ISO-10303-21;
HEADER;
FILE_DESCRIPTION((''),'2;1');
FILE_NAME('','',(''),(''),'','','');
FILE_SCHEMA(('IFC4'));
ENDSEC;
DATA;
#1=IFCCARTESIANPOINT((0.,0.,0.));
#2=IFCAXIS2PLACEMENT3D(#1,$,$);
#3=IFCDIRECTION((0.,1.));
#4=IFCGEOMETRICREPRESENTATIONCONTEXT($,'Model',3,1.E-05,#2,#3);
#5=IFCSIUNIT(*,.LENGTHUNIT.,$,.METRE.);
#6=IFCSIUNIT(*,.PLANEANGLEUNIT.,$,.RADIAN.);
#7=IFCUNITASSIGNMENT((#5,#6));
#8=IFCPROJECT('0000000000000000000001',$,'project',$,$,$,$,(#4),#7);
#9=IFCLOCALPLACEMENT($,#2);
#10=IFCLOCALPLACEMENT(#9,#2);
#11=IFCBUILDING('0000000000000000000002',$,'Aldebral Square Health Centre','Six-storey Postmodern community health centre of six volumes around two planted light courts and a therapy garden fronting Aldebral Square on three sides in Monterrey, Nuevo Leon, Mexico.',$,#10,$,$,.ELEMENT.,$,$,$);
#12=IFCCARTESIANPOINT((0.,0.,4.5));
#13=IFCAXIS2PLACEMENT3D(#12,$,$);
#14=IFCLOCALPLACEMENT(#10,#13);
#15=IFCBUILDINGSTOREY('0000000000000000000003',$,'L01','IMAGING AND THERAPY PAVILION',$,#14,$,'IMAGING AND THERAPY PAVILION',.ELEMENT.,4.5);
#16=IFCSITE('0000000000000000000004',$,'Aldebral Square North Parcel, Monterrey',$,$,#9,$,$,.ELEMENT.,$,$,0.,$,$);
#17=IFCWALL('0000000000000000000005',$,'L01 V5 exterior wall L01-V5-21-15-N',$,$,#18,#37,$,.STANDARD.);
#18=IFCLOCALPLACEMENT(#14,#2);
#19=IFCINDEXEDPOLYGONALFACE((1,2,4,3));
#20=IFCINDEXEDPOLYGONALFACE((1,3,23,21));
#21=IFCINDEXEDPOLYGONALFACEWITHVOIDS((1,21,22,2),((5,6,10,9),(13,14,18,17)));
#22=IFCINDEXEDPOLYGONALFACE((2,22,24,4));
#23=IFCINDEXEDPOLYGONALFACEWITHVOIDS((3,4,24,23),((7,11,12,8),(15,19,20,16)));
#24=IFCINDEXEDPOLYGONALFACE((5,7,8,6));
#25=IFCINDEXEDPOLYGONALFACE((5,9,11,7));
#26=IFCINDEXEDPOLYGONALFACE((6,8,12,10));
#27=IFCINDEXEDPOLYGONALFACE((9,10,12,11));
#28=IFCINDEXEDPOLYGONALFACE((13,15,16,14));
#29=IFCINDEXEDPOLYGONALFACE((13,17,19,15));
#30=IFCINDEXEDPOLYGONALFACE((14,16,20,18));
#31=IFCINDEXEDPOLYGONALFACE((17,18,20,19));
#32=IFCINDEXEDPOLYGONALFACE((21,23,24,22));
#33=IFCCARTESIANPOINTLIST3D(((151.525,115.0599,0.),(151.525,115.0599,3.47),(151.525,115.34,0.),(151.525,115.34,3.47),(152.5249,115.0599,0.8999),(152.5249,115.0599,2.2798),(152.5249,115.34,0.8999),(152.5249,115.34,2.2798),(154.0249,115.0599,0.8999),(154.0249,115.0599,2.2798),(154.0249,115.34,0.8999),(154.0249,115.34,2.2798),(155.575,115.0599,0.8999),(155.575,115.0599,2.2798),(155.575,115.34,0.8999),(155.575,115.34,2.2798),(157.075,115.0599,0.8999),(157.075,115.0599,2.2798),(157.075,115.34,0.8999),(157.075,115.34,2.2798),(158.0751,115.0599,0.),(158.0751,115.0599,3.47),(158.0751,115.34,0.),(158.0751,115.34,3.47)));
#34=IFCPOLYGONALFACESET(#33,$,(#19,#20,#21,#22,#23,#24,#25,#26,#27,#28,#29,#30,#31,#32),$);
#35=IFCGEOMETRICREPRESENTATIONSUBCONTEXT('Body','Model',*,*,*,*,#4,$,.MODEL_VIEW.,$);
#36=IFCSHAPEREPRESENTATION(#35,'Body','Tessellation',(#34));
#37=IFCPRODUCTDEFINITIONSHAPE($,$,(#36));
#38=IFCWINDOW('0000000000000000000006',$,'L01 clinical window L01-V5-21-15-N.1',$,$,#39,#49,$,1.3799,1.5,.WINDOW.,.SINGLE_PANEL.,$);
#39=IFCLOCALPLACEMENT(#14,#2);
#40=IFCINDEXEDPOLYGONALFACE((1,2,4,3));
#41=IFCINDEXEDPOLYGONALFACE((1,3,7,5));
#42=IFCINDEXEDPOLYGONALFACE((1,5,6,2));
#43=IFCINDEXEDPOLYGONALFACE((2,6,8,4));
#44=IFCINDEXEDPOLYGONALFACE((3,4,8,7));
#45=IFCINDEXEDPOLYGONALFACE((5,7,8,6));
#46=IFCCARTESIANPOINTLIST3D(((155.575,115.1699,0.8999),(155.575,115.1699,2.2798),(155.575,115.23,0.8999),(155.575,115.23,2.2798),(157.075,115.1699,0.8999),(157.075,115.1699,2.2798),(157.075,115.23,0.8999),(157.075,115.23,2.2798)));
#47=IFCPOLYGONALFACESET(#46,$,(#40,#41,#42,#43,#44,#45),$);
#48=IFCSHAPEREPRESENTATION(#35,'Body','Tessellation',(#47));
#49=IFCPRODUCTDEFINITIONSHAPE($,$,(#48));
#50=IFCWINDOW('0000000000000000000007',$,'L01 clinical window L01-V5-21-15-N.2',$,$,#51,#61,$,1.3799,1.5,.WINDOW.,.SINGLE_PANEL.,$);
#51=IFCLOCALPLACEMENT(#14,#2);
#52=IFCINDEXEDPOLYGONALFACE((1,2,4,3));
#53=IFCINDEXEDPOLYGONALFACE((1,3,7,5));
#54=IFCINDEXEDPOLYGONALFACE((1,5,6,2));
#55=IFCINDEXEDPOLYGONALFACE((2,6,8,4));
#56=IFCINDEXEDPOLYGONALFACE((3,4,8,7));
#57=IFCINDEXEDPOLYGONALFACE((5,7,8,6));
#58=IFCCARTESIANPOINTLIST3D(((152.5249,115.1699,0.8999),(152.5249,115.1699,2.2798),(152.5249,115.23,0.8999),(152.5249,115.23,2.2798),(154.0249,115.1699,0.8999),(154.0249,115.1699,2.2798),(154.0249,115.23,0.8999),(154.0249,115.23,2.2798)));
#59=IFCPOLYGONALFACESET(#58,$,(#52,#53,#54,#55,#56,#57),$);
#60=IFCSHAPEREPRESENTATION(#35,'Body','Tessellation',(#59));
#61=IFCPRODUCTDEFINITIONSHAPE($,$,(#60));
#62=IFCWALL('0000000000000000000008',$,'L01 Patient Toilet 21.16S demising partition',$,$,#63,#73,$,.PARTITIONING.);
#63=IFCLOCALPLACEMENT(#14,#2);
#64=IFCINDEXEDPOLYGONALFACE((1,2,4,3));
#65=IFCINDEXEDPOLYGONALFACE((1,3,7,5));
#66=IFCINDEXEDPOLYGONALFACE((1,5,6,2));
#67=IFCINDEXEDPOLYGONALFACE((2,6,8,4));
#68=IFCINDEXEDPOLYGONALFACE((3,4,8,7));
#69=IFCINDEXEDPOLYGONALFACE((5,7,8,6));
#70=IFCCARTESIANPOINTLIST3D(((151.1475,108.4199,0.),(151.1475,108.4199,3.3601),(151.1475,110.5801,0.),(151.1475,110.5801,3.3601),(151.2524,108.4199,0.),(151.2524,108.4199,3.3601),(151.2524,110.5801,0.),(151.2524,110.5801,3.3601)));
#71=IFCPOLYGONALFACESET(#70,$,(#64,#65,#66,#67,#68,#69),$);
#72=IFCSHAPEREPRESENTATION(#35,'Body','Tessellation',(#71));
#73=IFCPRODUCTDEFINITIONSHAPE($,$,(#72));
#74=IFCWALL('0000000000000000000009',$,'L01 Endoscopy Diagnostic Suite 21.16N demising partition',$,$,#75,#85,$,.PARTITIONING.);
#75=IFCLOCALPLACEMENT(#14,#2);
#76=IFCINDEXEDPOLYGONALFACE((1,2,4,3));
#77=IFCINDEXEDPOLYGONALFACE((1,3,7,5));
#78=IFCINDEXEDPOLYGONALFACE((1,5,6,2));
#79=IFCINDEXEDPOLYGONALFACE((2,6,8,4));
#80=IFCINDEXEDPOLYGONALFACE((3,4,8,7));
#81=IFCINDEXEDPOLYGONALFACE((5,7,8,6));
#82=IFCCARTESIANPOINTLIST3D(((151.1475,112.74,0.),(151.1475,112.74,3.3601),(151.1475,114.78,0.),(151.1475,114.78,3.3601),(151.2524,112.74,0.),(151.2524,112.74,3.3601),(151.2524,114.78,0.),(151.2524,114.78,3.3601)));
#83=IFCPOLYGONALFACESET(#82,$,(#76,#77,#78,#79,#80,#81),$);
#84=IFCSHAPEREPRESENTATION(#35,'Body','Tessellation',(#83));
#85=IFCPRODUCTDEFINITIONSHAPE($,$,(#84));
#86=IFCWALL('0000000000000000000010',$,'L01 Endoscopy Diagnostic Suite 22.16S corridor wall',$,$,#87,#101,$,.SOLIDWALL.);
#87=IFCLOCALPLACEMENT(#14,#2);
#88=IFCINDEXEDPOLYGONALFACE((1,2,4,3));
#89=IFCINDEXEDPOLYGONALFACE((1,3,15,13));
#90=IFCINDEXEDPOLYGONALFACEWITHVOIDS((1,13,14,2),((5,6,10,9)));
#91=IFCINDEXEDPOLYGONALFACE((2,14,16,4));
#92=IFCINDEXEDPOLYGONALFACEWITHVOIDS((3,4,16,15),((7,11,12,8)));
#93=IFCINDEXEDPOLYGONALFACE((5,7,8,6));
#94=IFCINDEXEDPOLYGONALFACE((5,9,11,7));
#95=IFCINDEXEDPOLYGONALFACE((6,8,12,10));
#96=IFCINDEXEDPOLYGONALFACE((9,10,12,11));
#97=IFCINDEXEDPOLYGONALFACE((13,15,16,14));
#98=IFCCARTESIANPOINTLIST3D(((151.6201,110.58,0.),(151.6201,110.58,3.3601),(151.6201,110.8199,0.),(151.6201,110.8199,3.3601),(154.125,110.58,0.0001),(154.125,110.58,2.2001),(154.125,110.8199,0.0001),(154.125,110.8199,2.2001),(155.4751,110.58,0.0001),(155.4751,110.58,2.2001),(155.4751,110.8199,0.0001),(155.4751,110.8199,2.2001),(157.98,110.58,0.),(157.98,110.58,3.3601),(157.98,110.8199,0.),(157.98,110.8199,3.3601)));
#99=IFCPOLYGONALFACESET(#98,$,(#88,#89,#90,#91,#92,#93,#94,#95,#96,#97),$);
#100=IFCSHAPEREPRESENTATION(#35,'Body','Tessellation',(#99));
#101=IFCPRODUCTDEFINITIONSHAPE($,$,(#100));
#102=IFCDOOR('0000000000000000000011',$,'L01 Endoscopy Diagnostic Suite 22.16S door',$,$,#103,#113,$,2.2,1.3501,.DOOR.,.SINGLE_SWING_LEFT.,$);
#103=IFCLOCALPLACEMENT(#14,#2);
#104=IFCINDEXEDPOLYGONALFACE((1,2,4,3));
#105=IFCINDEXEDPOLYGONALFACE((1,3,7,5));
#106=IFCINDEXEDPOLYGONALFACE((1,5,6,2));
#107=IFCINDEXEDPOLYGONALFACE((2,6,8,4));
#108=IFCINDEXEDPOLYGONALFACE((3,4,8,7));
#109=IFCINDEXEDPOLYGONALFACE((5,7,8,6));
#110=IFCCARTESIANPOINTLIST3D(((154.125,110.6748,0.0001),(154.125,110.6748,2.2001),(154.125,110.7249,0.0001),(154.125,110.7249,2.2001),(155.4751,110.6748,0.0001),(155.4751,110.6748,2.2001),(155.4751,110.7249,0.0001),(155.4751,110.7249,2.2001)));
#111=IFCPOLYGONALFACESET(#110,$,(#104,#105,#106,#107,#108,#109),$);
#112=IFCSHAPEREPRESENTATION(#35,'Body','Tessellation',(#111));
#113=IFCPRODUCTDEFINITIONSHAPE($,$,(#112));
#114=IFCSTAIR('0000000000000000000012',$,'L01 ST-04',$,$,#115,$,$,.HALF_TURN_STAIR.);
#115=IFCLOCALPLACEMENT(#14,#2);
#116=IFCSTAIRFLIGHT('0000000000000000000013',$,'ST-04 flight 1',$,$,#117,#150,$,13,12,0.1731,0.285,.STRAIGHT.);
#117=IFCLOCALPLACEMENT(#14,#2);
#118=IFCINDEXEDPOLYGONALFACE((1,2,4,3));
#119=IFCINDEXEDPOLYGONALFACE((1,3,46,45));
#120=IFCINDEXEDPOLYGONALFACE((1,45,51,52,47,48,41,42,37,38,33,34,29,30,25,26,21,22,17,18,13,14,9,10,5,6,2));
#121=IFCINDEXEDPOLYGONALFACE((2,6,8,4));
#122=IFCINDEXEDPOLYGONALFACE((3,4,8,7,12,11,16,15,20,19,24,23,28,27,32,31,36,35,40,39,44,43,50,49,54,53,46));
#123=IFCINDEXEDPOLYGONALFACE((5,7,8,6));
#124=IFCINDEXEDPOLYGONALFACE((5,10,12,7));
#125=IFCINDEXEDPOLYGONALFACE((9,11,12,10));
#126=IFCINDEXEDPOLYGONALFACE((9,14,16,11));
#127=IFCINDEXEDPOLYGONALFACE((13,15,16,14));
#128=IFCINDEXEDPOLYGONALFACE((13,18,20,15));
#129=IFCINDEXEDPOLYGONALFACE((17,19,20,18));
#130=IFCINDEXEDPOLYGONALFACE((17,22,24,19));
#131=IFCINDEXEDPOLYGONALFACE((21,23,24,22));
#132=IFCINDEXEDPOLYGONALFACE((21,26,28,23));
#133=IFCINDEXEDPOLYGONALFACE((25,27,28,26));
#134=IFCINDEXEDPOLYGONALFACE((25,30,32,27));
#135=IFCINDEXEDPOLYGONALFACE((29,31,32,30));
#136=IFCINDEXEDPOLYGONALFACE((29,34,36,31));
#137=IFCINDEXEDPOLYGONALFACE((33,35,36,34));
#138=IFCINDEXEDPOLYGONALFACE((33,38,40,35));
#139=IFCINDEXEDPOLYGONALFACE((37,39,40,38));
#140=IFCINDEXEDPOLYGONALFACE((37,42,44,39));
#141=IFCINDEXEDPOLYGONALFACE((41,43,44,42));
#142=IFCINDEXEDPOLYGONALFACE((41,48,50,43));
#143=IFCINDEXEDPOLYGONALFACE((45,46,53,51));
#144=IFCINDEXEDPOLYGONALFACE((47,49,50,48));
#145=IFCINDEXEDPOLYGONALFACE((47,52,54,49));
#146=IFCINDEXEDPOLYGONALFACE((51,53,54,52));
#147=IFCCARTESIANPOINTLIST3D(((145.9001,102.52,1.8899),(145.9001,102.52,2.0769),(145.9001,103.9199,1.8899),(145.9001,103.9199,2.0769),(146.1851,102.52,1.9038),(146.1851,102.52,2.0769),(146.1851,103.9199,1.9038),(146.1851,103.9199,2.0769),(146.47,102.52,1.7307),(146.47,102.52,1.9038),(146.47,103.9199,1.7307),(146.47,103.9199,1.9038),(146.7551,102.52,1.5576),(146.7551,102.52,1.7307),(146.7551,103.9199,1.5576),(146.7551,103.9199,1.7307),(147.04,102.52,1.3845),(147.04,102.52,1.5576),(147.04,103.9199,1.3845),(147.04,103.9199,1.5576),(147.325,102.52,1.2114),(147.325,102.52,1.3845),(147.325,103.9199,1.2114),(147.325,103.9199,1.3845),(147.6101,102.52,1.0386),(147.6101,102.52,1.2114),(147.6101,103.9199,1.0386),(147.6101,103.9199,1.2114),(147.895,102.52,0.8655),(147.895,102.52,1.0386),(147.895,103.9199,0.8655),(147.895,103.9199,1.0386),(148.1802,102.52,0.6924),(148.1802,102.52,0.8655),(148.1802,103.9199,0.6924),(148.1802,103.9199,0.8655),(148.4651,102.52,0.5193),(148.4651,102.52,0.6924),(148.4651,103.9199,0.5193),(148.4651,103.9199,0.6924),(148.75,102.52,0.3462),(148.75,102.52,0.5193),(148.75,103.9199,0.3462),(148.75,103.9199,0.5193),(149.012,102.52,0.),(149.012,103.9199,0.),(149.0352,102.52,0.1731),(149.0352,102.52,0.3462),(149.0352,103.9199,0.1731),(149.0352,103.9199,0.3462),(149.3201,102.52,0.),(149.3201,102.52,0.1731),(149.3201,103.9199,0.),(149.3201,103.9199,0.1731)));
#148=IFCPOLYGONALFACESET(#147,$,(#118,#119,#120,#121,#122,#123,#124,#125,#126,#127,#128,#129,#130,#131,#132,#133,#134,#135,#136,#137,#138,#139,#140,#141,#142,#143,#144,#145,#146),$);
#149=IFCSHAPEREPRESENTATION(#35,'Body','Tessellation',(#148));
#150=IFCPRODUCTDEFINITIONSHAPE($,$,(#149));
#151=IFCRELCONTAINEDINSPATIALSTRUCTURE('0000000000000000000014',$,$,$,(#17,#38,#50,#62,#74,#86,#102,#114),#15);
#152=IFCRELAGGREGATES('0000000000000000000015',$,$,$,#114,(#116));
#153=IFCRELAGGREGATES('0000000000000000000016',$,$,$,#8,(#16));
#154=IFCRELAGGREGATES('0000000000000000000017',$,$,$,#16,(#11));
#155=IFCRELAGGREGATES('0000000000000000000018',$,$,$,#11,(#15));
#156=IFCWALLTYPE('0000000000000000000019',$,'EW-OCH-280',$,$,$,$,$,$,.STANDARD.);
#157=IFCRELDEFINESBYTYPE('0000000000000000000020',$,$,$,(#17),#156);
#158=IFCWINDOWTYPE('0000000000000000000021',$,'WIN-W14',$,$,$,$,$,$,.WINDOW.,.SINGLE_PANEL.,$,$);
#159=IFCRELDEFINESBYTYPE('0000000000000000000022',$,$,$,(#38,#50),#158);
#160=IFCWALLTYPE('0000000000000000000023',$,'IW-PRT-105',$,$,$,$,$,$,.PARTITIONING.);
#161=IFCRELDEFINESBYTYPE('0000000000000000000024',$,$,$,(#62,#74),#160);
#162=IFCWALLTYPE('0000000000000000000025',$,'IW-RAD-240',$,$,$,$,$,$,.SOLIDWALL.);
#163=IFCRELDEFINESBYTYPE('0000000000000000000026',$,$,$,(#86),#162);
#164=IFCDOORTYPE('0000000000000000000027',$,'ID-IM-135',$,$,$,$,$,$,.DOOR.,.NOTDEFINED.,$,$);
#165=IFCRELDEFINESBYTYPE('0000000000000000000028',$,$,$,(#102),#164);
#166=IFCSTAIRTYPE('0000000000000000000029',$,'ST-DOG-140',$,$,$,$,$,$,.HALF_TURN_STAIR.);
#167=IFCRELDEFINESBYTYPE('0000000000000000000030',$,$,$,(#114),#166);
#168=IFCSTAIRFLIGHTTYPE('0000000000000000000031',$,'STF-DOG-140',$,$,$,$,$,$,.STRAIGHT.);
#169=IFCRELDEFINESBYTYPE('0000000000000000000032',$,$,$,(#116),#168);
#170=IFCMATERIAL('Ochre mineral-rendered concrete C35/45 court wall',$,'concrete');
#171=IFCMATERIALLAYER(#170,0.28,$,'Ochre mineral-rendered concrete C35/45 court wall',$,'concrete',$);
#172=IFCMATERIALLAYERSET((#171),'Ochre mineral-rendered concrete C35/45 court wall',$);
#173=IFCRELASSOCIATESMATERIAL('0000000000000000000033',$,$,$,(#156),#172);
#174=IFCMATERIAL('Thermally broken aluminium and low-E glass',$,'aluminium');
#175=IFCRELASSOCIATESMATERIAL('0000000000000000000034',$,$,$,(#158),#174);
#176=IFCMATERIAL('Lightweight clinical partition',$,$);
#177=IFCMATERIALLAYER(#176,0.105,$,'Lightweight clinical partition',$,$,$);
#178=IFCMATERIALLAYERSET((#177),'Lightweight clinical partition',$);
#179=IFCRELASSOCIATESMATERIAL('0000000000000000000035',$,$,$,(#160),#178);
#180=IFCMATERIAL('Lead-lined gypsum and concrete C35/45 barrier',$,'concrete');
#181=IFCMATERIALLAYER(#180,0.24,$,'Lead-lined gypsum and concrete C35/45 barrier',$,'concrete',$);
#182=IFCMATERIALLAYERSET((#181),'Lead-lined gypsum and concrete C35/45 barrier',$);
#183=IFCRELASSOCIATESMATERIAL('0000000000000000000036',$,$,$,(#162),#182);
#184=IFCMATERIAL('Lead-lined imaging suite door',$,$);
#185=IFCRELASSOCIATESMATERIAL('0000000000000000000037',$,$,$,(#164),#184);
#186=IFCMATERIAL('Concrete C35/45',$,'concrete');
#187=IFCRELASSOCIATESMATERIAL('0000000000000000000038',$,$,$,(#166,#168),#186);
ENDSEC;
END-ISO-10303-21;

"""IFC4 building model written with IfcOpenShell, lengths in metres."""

from ifc_helpers import new_model, si_unit, direction, frame, frame_2d, origin, place, context, subcontext, project, spatial, polyline, rectangle, outline, extrude, material, layer, layer_set, type_object, element, fill, aggregate, save


model = new_model("IFC4")

# Units and contexts
model_context = context("Model", 3, precision=1e-05, world=origin(), true_north=direction((0.0, 1.0)))
body_context = subcontext(model_context, "Body", "Model", "MODEL_VIEW")
ifc_project = project(units=[si_unit("LENGTHUNIT", "METRE"), si_unit("PLANEANGLEUNIT", "RADIAN")], contexts=[model_context])

# Site, building, storey
site_placement = place(None, origin())
site = spatial("IfcSite", under=ifc_project, at=site_placement, Name="Aldebral Square North Parcel, Monterrey", CompositionType="ELEMENT", RefElevation=0.0)
building_placement = place(site_placement, origin())
building = spatial("IfcBuilding", under=site, at=building_placement, Name="Aldebral Square Health Centre", Description="Six-storey Postmodern community health centre of six volumes around two planted light courts and a therapy garden fronting Aldebral Square on three sides in Monterrey, Nuevo Leon, Mexico.", CompositionType="ELEMENT")
storey_placement = place(building_placement, frame((0.0, 0.0, 4.5)))
storey = spatial("IfcBuildingStorey", under=building, at=storey_placement, Name="L01", Description="IMAGING AND THERAPY PAVILION", LongName="IMAGING AND THERAPY PAVILION", CompositionType="ELEMENT", Elevation=4.5)

# Wall, openings, windows
ifc_material_1 = material(Name="Ochre mineral-rendered concrete C35/45 court wall", Category="concrete")
ifc_layer_1 = layer(ifc_material_1, 0.28, Name="Ochre mineral-rendered concrete C35/45 court wall", Category="concrete")
ifc_layer_set_1 = layer_set([ifc_layer_1], Name="Ochre mineral-rendered concrete C35/45 court wall")
wall_type_1 = type_object("IfcWallType", Name="EW-OCH-280", PredefinedType="STANDARD", material=ifc_layer_set_1)
ifc_material_2 = material(Name="Thermally broken aluminium and low-E glass", Category="aluminium")
wall_1_placement = place(storey_placement, frame((158.075, 115.2, 0.0), z_axis=(0.0, 0.0, 1.0), x_axis=(-1.0, 0.0, 0.0)))
wall_1 = element("IfcWall", 1, at=wall_1_placement, inside=storey, type_object=wall_type_1, Name="L01 V5 exterior wall L01-V5-21-15-N", PredefinedType="STANDARD", context=body_context, shape_type="SweptSolid", body=[
    extrude(rectangle(XDim=6.55, YDim=0.28, at=frame_2d((3.2749, 0.0))), origin(), (0.0, 0.0, 1.0), 3.47),
])
opening_1_placement = place(wall_1_placement, frame((1.0, 0.0, 0.8999)))
opening_1 = element("IfcOpeningElement", 2, at=opening_1_placement, cuts=wall_1, PredefinedType="OPENING", context=body_context, shape_type="SweptSolid", body=[
    extrude(rectangle(XDim=1.5, YDim=1.3799, at=frame_2d((0.75, 0.6899))), frame((0.0, 0.1499, 0.0), z_axis=(0.0, -1.0, 0.0), x_axis=(1.0, 0.0, 0.0)), (0.0, 0.0, 1.0), 0.3),
])
opening_2_placement = place(wall_1_placement, frame((4.05, 0.0, 0.8999)))
opening_2 = element("IfcOpeningElement", 3, at=opening_2_placement, cuts=wall_1, PredefinedType="OPENING", context=body_context, shape_type="SweptSolid", body=[
    extrude(rectangle(XDim=1.5, YDim=1.3799, at=frame_2d((0.75, 0.6899))), frame((0.0, 0.1499, 0.0), z_axis=(0.0, -1.0, 0.0), x_axis=(1.0, 0.0, 0.0)), (0.0, 0.0, 1.0), 0.3),
])
window_type_1 = type_object("IfcWindowType", Name="WIN-W14", PartitioningType="SINGLE_PANEL", PredefinedType="WINDOW", material=ifc_material_2)
window_1_placement = place(opening_1_placement, origin())
window_1 = element("IfcWindow", 4, at=window_1_placement, inside=storey, type_object=window_type_1, Name="L01 clinical window L01-V5-21-15-N.1", OverallHeight=1.3799, OverallWidth=1.5, PartitioningType="SINGLE_PANEL", PredefinedType="WINDOW", context=body_context, shape_type="SweptSolid", body=[
    extrude(rectangle(XDim=1.5, YDim=1.3799, at=frame_2d((0.75, 0.6899))), frame((0.0, 0.03, 0.0), z_axis=(0.0, -1.0, 0.0), x_axis=(1.0, 0.0, 0.0)), (0.0, 0.0, 1.0), 0.0601),
])
fill(opening_1, window_1)
window_2_placement = place(opening_2_placement, origin())
window_2 = element("IfcWindow", 5, at=window_2_placement, inside=storey, type_object=window_type_1, Name="L01 clinical window L01-V5-21-15-N.2", OverallHeight=1.3799, OverallWidth=1.5, PartitioningType="SINGLE_PANEL", PredefinedType="WINDOW", context=body_context, shape_type="SweptSolid", body=[
    extrude(rectangle(XDim=1.5, YDim=1.3799, at=frame_2d((0.75, 0.6899))), frame((0.0, 0.03, 0.0), z_axis=(0.0, -1.0, 0.0), x_axis=(1.0, 0.0, 0.0)), (0.0, 0.0, 1.0), 0.0601),
])
fill(opening_2, window_2)

# Walls
ifc_material_3 = material(Name="Lightweight clinical partition")
ifc_layer_2 = layer(ifc_material_3, 0.105, Name="Lightweight clinical partition")
ifc_layer_set_2 = layer_set([ifc_layer_2], Name="Lightweight clinical partition")
wall_type_2 = type_object("IfcWallType", Name="IW-PRT-105", PredefinedType="PARTITIONING", material=ifc_layer_set_2)
wall_2_placement = place(storey_placement, frame((151.2, 108.4199, 0.0), z_axis=(0.0, 0.0, 1.0), x_axis=(0.0, 1.0, 0.0)))
element("IfcWall", 6, at=wall_2_placement, inside=storey, type_object=wall_type_2, Name="L01 Patient Toilet 21.16S demising partition", PredefinedType="PARTITIONING", context=body_context, shape_type="SweptSolid", body=[
    extrude(rectangle(XDim=2.1602, YDim=0.105, at=frame_2d((1.0801, 0.0))), origin(), (0.0, 0.0, 1.0), 3.3601),
])
wall_3_placement = place(storey_placement, frame((151.2, 112.74, 0.0), z_axis=(0.0, 0.0, 1.0), x_axis=(0.0, 1.0, 0.0)))
element("IfcWall", 7, at=wall_3_placement, inside=storey, type_object=wall_type_2, Name="L01 Endoscopy Diagnostic Suite 21.16N demising partition", PredefinedType="PARTITIONING", context=body_context, shape_type="SweptSolid", body=[
    extrude(rectangle(XDim=2.04, YDim=0.105, at=frame_2d((1.02, 0.0))), origin(), (0.0, 0.0, 1.0), 3.3601),
])

# Wall, opening, door
ifc_material_4 = material(Name="Lead-lined gypsum and concrete C35/45 barrier", Category="concrete")
ifc_layer_3 = layer(ifc_material_4, 0.24, Name="Lead-lined gypsum and concrete C35/45 barrier", Category="concrete")
ifc_layer_set_3 = layer_set([ifc_layer_3], Name="Lead-lined gypsum and concrete C35/45 barrier")
wall_type_3 = type_object("IfcWallType", Name="IW-RAD-240", PredefinedType="SOLIDWALL", material=ifc_layer_set_3)
wall_4_placement = place(storey_placement, frame((151.6201, 110.7, 0.0), z_axis=(0.0, 0.0, 1.0), x_axis=(1.0, 0.0, 0.0)))
wall_4 = element("IfcWall", 8, at=wall_4_placement, inside=storey, type_object=wall_type_3, Name="L01 Endoscopy Diagnostic Suite 22.16S corridor wall", PredefinedType="SOLIDWALL", context=body_context, shape_type="SweptSolid", body=[
    extrude(rectangle(XDim=6.3599, YDim=0.24, at=frame_2d((3.1799, 0.0))), origin(), (0.0, 0.0, 1.0), 3.3601),
])
opening_3_placement = place(wall_4_placement, frame((2.5049, 0.0, 0.0)))
opening_3 = element("IfcOpeningElement", 9, at=opening_3_placement, cuts=wall_4, PredefinedType="OPENING", context=body_context, shape_type="SweptSolid", body=[
    extrude(rectangle(XDim=1.3501, YDim=2.2, at=frame_2d((0.675, 1.1001))), frame((0.0, 0.1299, 0.0), z_axis=(0.0, -1.0, 0.0), x_axis=(1.0, 0.0, 0.0)), (0.0, 0.0, 1.0), 0.26),
])
ifc_material_5 = material(Name="Lead-lined imaging suite door")
door_type_1 = type_object("IfcDoorType", Name="ID-IM-135", OperationType="NOTDEFINED", PredefinedType="DOOR", material=ifc_material_5)
door_1_placement = place(opening_3_placement, origin())
door_1 = element("IfcDoor", 10, at=door_1_placement, inside=storey, type_object=door_type_1, Name="L01 Endoscopy Diagnostic Suite 22.16S door", OperationType="SINGLE_SWING_LEFT", OverallHeight=2.2, OverallWidth=1.3501, PredefinedType="DOOR", context=body_context, shape_type="SweptSolid", body=[
    extrude(rectangle(XDim=1.3501, YDim=2.2, at=frame_2d((0.675, 1.1001))), frame((0.0, 0.0249, 0.0), z_axis=(0.0, -1.0, 0.0), x_axis=(1.0, 0.0, 0.0)), (0.0, 0.0, 1.0), 0.05),
])
fill(opening_3, door_1)

# Stair, stair flight
ifc_material_6 = material(Name="Concrete C35/45", Category="concrete")
stair_type = type_object("IfcStairType", Name="ST-DOG-140", PredefinedType="HALF_TURN_STAIR", material=ifc_material_6)
stair_placement = place(storey_placement, origin())
stair = element("IfcStair", 11, at=stair_placement, inside=storey, type_object=stair_type, Name="L01 ST-04", PredefinedType="HALF_TURN_STAIR")
stair_flight_type = type_object("IfcStairFlightType", Name="STF-DOG-140", PredefinedType="STRAIGHT", material=ifc_material_6)
stair_flight_placement = place(storey_placement, frame((149.3201, 103.22, 0.0), z_axis=(0.0, 0.0, 1.0), x_axis=(-1.0, 0.0, 0.0)))
stair_flight = element("IfcStairFlight", 12, at=stair_flight_placement, type_object=stair_flight_type, Name="ST-04 flight 1", NumberOfRisers=13, NumberOfTreads=12, PredefinedType="STRAIGHT", RiserHeight=0.1731, TreadLength=0.285, context=body_context, shape_type="SweptSolid", body=[
    extrude(outline(polyline([(0.0, 0.0), (0.0, 0.1731), (0.2849, 0.1731), (0.2849, 0.3462), (0.5701, 0.3462), (0.5701, 0.5193), (0.855, 0.5193), (0.855, 0.6924), (1.1399, 0.6924), (1.1399, 0.8655), (1.425, 0.8655), (1.425, 1.0386), (1.71, 1.0386), (1.71, 1.2114), (1.9951, 1.2114), (1.9951, 1.3845), (2.28, 1.3845), (2.28, 1.5576), (2.5649, 1.5576), (2.5649, 1.7307), (2.8501, 1.7307), (2.8501, 1.9038), (3.135, 1.9038), (3.135, 2.0769), (3.4199, 2.0769), (3.4199, 2.25), (3.4199, 1.8899), (0.3081, 0.0), (0.0, 0.0)])), frame((0.0, 0.7, 0.0), z_axis=(0.0, -1.0, 0.0), x_axis=(1.0, 0.0, 0.0)), (0.0, 0.0, 1.0), 1.3999),
])
aggregate(stair, [stair_flight])

save(model, "model.ifc")
